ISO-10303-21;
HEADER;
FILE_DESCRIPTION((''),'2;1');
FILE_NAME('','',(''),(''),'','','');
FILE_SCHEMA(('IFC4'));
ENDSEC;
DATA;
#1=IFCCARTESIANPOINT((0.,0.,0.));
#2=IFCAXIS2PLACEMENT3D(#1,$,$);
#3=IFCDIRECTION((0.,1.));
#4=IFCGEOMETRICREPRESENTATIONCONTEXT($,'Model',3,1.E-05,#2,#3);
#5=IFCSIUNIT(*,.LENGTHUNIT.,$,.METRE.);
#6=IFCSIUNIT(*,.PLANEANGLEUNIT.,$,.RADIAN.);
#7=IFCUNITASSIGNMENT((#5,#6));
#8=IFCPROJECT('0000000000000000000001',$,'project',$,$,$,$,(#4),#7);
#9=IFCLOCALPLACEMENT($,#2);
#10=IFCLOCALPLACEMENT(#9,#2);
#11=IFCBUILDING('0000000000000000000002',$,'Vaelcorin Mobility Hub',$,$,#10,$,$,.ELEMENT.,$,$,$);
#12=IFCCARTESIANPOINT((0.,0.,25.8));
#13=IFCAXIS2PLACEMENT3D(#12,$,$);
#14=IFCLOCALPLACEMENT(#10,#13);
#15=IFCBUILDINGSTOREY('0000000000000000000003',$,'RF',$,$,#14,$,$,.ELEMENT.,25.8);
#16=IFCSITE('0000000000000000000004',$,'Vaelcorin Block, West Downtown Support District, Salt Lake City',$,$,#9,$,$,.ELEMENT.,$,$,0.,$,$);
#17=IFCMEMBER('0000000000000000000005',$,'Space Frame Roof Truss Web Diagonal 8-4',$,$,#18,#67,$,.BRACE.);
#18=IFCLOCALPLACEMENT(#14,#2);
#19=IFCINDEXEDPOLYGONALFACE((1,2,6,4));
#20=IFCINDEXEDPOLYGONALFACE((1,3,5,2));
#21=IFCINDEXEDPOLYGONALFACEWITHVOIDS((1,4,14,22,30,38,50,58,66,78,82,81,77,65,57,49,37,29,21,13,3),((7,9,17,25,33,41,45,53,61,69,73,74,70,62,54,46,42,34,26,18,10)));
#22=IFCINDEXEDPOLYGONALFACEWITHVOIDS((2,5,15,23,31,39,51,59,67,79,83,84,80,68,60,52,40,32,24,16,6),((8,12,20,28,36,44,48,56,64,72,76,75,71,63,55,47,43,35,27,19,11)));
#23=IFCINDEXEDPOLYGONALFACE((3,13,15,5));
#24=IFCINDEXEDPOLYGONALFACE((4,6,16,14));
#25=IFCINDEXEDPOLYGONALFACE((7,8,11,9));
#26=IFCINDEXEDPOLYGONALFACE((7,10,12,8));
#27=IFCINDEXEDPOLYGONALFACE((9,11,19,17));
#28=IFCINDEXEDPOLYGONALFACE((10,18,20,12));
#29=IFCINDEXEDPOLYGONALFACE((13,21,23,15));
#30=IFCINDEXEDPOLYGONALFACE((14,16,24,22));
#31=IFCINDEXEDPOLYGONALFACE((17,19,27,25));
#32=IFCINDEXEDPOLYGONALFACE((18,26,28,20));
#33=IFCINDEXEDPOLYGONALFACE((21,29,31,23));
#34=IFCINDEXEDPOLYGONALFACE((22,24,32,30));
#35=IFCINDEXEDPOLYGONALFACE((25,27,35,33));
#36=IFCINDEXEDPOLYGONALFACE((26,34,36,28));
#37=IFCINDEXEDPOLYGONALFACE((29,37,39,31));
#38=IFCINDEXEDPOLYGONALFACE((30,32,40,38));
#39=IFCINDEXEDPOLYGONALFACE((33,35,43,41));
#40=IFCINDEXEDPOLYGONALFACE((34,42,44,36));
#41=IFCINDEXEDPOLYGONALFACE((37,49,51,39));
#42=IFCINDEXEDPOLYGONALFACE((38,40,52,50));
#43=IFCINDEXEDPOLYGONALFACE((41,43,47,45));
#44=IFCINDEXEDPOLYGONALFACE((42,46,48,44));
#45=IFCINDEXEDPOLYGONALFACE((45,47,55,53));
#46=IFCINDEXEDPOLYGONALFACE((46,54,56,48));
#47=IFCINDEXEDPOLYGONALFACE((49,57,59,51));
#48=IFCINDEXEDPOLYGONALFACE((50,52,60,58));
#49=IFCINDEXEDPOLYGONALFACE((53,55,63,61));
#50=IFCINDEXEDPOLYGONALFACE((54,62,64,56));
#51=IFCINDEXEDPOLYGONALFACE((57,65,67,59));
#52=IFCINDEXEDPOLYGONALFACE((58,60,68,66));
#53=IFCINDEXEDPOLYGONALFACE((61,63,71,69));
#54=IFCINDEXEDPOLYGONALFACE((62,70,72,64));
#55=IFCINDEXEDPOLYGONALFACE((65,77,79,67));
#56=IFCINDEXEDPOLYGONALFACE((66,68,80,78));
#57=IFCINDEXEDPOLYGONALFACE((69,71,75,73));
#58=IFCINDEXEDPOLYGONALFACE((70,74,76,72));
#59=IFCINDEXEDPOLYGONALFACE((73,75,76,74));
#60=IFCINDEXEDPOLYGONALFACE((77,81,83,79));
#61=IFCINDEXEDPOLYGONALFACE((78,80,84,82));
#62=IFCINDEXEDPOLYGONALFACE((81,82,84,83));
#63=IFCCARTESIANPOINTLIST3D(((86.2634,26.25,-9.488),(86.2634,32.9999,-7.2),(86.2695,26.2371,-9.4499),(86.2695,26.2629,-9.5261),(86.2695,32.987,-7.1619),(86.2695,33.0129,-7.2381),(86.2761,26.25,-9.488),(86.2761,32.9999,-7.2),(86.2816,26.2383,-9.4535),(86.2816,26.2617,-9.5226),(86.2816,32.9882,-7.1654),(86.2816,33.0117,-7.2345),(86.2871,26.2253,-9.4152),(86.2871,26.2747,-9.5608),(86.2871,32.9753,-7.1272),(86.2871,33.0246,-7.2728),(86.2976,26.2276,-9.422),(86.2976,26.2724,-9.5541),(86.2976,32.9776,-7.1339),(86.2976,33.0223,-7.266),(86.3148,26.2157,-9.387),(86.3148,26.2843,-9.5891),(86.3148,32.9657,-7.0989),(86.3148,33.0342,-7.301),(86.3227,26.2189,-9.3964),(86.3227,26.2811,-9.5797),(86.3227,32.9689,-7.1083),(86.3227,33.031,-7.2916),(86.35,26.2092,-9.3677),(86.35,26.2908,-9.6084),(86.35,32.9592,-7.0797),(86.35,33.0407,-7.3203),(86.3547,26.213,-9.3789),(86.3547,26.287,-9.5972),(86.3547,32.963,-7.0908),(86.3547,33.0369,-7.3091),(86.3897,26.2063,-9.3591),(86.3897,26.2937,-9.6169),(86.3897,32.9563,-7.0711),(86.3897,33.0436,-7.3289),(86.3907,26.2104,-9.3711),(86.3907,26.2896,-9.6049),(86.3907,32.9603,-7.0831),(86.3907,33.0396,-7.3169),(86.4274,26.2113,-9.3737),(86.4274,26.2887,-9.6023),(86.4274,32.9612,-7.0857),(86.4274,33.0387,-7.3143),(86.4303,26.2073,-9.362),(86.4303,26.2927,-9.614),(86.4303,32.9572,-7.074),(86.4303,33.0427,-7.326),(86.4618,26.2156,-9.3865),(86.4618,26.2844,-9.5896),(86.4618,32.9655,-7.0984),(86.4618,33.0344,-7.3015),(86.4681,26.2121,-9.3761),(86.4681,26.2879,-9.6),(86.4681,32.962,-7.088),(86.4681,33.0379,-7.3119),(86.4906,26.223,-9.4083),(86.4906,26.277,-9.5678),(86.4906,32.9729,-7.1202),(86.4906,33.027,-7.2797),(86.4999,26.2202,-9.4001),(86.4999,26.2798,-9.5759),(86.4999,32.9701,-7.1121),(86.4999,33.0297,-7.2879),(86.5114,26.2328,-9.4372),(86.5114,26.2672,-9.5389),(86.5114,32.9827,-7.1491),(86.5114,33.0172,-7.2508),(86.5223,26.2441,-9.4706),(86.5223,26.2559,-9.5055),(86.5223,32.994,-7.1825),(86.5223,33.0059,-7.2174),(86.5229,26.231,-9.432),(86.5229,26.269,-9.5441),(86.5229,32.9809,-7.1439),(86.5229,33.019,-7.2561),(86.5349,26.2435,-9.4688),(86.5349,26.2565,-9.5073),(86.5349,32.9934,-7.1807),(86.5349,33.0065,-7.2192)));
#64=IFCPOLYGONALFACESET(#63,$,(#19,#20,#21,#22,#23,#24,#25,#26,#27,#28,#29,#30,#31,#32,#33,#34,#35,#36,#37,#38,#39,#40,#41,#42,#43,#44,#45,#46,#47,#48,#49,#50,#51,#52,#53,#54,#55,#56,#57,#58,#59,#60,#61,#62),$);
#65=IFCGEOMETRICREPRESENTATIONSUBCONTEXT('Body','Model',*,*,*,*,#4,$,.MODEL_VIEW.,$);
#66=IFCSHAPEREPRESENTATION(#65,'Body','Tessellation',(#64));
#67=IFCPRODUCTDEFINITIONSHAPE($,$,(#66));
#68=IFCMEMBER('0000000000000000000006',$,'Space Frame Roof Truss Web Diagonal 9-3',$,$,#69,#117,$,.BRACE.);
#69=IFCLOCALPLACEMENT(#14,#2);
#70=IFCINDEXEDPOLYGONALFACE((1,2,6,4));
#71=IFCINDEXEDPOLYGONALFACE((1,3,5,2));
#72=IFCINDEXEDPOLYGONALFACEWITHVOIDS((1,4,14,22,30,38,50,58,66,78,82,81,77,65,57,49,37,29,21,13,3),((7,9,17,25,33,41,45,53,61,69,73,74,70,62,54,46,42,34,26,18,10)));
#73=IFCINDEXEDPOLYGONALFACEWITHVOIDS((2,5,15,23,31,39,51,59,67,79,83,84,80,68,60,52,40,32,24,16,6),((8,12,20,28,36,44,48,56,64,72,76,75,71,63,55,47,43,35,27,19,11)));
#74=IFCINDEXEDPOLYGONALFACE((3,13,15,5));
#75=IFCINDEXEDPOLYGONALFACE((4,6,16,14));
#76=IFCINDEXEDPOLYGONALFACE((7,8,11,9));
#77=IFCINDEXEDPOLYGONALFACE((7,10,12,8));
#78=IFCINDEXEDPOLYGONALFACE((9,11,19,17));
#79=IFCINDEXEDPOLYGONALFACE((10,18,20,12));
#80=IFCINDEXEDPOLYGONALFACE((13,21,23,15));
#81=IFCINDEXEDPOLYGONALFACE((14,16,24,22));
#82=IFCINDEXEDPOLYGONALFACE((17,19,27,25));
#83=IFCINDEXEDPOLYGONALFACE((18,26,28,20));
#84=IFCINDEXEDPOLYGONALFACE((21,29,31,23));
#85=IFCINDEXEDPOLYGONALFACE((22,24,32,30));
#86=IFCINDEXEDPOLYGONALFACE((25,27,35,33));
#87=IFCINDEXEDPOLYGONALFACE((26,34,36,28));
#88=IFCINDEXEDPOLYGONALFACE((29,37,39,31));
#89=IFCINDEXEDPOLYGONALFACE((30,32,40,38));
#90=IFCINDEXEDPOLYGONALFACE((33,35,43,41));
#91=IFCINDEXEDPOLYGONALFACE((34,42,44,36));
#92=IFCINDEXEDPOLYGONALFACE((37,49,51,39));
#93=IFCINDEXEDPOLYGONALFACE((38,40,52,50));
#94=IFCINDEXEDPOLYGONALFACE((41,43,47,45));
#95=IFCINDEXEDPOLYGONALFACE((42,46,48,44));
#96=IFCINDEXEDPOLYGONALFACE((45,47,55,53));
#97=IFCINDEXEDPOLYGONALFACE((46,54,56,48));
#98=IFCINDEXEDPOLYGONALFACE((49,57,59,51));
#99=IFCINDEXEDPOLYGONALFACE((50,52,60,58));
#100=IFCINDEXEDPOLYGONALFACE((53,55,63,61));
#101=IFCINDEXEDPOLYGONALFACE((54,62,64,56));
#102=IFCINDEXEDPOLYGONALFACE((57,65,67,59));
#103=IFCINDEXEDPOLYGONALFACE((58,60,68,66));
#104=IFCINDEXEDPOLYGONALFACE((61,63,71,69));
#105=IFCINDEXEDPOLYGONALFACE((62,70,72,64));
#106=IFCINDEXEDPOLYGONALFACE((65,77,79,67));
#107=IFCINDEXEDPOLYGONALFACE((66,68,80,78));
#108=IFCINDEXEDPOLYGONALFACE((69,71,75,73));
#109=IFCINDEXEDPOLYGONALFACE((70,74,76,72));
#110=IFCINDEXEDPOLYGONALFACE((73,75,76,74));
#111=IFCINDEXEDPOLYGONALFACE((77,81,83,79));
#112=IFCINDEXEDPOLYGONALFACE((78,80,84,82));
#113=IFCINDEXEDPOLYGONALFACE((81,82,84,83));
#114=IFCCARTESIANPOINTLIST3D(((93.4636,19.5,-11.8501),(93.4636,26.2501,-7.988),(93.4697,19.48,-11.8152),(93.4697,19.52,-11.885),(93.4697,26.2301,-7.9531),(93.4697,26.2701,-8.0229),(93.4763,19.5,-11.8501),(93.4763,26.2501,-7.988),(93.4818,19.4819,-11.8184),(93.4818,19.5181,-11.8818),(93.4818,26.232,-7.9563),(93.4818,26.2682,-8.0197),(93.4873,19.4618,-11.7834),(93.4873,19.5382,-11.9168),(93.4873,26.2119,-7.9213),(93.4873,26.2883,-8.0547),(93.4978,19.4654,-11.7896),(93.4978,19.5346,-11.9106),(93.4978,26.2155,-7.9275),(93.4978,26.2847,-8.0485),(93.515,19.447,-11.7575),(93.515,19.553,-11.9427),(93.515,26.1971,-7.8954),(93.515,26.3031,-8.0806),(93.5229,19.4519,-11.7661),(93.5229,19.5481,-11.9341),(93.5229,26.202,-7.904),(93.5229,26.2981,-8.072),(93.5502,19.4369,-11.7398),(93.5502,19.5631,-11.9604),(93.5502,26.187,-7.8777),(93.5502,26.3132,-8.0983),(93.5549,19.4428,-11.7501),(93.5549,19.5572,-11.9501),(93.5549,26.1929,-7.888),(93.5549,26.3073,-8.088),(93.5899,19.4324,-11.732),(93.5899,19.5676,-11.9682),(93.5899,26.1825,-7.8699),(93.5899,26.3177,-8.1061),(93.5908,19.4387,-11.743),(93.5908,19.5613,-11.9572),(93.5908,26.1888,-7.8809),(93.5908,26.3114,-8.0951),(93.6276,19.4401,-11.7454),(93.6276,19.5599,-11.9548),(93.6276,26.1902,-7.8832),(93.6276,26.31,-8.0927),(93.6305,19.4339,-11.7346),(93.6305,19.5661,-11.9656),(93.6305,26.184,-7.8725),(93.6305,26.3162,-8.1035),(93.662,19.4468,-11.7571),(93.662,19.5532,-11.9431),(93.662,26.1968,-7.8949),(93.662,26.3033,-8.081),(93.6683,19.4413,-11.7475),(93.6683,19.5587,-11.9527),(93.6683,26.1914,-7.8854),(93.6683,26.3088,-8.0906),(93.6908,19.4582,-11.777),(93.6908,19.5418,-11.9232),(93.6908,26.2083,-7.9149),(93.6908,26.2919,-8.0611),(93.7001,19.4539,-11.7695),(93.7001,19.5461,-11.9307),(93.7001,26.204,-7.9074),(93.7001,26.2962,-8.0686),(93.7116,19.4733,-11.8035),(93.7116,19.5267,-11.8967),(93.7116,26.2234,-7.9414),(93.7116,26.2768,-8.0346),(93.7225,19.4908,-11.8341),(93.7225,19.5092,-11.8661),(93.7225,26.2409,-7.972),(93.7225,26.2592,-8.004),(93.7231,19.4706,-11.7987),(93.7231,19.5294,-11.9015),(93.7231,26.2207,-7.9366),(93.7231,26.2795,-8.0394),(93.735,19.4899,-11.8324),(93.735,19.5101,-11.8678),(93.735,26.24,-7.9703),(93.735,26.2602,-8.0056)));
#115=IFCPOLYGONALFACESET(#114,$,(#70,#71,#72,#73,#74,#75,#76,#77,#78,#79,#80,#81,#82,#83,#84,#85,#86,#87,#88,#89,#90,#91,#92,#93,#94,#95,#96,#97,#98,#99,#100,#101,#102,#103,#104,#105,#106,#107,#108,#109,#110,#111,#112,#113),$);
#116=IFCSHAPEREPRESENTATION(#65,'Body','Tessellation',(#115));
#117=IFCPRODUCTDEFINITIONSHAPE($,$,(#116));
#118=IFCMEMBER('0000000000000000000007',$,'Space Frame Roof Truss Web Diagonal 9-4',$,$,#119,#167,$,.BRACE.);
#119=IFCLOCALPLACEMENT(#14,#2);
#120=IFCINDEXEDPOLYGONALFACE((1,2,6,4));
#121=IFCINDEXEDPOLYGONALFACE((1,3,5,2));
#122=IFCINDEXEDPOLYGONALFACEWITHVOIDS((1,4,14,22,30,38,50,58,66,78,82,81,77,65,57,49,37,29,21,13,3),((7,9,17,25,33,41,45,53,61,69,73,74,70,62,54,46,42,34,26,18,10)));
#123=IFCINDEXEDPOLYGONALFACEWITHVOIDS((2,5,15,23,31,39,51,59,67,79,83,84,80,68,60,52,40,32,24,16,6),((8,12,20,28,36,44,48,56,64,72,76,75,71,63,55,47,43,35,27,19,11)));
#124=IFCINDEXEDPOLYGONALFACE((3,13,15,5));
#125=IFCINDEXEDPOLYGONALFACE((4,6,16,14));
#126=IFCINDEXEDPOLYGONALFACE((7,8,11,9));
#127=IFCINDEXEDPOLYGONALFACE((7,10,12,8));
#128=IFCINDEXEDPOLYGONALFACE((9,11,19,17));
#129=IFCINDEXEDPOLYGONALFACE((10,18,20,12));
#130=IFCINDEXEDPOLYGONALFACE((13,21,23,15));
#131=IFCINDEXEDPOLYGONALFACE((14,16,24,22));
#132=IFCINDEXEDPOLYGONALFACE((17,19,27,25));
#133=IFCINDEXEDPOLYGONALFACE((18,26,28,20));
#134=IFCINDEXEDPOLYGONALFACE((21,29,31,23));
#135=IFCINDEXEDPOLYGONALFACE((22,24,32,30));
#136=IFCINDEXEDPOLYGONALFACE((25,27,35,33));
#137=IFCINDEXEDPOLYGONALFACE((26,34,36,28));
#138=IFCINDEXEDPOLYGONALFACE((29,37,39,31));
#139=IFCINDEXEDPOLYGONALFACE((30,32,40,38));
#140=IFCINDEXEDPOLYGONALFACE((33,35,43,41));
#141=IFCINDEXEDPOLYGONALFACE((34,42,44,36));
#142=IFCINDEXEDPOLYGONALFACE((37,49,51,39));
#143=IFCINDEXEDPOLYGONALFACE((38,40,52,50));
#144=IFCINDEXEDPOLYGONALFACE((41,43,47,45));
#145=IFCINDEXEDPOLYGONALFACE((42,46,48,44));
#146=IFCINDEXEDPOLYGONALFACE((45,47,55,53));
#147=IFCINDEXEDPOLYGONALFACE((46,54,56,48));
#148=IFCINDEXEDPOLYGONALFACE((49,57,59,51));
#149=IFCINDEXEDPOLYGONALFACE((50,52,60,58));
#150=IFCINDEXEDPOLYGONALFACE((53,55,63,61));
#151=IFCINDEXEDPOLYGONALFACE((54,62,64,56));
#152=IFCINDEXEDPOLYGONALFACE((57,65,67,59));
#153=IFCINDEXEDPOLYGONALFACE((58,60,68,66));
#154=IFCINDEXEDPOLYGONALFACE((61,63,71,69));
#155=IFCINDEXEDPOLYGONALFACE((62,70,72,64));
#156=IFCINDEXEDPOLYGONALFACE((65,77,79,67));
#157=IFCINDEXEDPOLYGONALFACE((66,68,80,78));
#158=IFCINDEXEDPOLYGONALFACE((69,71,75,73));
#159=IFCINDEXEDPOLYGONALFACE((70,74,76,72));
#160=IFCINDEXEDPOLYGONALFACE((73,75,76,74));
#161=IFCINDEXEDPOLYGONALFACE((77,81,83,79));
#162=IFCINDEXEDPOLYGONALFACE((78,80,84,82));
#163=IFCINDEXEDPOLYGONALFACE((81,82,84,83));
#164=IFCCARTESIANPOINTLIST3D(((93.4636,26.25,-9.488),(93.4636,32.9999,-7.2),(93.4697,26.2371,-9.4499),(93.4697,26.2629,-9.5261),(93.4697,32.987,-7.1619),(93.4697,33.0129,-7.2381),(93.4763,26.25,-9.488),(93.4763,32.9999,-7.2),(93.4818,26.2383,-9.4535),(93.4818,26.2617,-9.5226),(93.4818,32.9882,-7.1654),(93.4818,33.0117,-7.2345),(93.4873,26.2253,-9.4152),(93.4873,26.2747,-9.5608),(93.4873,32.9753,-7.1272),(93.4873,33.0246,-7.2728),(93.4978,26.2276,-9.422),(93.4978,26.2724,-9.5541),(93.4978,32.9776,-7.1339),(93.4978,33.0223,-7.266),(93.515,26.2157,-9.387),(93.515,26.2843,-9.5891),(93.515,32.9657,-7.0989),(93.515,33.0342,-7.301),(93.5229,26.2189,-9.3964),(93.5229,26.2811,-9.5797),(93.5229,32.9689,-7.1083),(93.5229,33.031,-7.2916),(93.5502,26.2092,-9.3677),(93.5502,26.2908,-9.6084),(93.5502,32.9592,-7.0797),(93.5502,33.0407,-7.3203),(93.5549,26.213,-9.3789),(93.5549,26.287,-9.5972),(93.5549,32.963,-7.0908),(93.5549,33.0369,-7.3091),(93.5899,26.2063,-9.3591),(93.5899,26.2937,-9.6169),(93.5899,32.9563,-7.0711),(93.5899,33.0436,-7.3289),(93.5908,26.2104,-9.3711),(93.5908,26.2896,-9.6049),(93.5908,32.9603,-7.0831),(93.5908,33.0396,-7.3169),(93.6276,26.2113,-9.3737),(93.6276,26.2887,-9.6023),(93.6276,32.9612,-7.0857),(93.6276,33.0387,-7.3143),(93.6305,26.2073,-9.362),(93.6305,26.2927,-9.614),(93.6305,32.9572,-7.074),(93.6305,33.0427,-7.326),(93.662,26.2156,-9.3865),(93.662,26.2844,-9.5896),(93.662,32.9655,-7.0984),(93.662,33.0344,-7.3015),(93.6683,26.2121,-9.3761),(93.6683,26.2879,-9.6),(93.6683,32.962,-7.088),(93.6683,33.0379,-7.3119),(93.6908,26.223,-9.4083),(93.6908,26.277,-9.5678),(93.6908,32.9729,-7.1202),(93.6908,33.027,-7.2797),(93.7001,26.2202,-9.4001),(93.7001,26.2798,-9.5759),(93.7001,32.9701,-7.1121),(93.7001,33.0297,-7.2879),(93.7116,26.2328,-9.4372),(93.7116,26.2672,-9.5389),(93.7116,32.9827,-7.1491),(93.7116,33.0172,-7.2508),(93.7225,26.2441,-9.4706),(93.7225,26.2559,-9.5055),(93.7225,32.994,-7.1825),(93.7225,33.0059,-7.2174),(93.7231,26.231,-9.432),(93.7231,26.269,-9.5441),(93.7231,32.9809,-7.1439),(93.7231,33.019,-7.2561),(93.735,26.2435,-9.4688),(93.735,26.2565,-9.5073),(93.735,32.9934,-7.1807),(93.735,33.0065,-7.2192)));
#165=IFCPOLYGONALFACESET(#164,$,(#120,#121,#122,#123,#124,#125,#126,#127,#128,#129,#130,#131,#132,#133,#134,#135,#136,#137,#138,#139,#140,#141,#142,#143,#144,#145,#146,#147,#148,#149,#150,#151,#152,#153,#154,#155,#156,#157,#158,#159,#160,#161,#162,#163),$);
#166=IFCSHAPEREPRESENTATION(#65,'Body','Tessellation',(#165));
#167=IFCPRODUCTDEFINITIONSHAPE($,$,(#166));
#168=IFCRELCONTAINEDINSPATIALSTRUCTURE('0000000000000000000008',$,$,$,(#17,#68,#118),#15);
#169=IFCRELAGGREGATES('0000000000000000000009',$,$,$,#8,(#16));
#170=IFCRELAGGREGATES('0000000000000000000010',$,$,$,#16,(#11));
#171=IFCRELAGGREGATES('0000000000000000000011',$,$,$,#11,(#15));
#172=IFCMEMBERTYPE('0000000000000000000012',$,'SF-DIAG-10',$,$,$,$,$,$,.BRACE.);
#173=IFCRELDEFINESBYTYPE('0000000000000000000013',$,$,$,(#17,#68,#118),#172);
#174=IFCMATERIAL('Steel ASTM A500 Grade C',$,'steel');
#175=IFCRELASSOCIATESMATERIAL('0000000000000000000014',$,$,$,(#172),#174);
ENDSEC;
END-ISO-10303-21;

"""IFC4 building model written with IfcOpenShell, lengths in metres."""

from ifc_helpers import new_model, si_unit, direction, frame, origin, origin_2d, place, context, subcontext, project, spatial, hollow_circle, extrude, material, material_profile, profile_set, type_object, element, save


model = new_model("IFC4")

# Units and contexts
model_context = context("Model", 3, precision=1e-05, world=origin(), true_north=direction((0.0, 1.0)))
body_context = subcontext(model_context, "Body", "Model", "MODEL_VIEW")
ifc_project = project(units=[si_unit("LENGTHUNIT", "METRE"), si_unit("PLANEANGLEUNIT", "RADIAN")], contexts=[model_context])

# Site, building, storey
site_placement = place(None, origin())
site = spatial("IfcSite", under=ifc_project, at=site_placement, Name="Vaelcorin Block, West Downtown Support District, Salt Lake City", CompositionType="ELEMENT", RefElevation=0.0)
building_placement = place(site_placement, origin())
building = spatial("IfcBuilding", under=site, at=building_placement, Name="Vaelcorin Mobility Hub", CompositionType="ELEMENT")
storey_placement = place(building_placement, frame((0.0, 0.0, 25.8)))
storey = spatial("IfcBuildingStorey", under=building, at=storey_placement, Name="RF", CompositionType="ELEMENT", Elevation=25.8)

# Members
ifc_material_1 = material(Name="Steel ASTM A500 Grade C", Category="steel")
ifc_material_profile_1 = material_profile(ifc_material_1, hollow_circle(Radius=0.1365, WallThickness=0.0127, at=origin_2d()), Name="HSS10.750X0.500")
ifc_profile_set_1 = profile_set([ifc_material_profile_1], Name="Steel ASTM A500 Grade C")
member_type_1 = type_object("IfcMemberType", Name="SF-DIAG-10", PredefinedType="BRACE", material=ifc_profile_set_1)
member_1_placement = place(storey_placement, frame((86.3999, 26.25, -9.488), z_axis=(0.0, 0.947068, 0.321033), x_axis=(-1.0, 0.0, 0.0)))
element("IfcMember", 1, at=member_1_placement, inside=storey, type_object=member_type_1, Name="Space Frame Roof Truss Web Diagonal 8-4", PredefinedType="BRACE", context=body_context, shape_type="SweptSolid", body=[
    extrude(hollow_circle(Radius=0.1365, WallThickness=0.0127, at=origin_2d()), origin(), (0.0, 0.0, 1.0), 7.1272),
])
member_2_placement = place(storey_placement, frame((93.6001, 19.5, -11.8501), z_axis=(0.0, 0.867971, 0.496616), x_axis=(-1.0, 0.0, 0.0)))
element("IfcMember", 2, at=member_2_placement, inside=storey, type_object=member_type_1, Name="Space Frame Roof Truss Web Diagonal 9-3", PredefinedType="BRACE", context=body_context, shape_type="SweptSolid", body=[
    extrude(hollow_circle(Radius=0.1365, WallThickness=0.0127, at=origin_2d()), origin(), (0.0, 0.0, 1.0), 7.7769),
])
member_3_placement = place(storey_placement, frame((93.6001, 26.25, -9.488), z_axis=(0.0, 0.947068, 0.321033), x_axis=(-1.0, 0.0, 0.0)))
element("IfcMember", 3, at=member_3_placement, inside=storey, type_object=member_type_1, Name="Space Frame Roof Truss Web Diagonal 9-4", PredefinedType="BRACE", context=body_context, shape_type="SweptSolid", body=[
    extrude(hollow_circle(Radius=0.1365, WallThickness=0.0127, at=origin_2d()), origin(), (0.0, 0.0, 1.0), 7.1272),
])

save(model, "model.ifc")
